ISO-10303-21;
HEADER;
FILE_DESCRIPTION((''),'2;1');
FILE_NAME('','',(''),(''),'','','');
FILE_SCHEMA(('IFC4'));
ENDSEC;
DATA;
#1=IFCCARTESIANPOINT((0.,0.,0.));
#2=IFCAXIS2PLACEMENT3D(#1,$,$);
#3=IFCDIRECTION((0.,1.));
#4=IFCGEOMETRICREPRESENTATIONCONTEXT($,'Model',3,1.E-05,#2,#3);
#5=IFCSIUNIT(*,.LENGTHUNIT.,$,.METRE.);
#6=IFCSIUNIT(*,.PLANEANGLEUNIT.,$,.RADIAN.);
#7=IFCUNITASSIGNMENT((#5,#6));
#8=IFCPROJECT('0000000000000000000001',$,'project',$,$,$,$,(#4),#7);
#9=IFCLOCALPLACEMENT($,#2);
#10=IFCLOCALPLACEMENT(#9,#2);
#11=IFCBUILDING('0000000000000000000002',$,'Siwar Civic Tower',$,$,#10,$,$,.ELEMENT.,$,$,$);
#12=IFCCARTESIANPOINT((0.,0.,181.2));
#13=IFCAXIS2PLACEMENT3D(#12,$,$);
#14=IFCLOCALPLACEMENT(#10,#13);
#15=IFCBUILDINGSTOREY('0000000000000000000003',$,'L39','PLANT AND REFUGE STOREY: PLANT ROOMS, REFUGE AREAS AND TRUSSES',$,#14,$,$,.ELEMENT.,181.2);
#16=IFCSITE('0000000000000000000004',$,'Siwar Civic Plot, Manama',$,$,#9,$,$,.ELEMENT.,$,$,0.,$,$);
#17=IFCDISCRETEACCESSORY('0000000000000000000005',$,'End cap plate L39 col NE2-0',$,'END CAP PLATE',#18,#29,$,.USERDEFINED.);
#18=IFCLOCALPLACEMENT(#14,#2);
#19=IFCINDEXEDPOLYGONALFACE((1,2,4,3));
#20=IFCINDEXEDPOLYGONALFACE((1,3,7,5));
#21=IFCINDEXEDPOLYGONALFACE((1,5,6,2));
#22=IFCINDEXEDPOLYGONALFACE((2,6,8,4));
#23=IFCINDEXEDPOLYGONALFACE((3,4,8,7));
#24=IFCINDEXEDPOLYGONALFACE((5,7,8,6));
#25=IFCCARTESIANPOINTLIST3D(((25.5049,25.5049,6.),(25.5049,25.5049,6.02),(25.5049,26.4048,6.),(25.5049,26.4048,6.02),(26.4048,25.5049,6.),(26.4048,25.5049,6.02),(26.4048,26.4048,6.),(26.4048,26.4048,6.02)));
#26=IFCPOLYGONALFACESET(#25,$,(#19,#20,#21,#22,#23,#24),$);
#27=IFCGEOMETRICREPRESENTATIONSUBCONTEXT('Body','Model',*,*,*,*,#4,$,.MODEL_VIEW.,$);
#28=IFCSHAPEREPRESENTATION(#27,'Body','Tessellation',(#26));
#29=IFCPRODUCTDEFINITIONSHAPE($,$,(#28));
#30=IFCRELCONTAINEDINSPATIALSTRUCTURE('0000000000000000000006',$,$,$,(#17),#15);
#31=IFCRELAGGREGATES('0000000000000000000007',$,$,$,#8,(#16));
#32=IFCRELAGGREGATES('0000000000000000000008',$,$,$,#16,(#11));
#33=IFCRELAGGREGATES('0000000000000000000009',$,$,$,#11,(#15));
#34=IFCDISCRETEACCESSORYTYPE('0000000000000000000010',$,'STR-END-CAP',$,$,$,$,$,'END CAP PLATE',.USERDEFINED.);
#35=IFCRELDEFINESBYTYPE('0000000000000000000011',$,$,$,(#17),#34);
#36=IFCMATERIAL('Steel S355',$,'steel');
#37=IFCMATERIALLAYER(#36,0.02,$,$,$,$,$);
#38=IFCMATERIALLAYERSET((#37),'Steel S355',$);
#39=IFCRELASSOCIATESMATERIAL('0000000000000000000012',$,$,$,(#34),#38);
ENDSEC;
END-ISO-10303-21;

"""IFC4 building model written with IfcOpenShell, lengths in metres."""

from ifc_helpers import new_model, si_unit, direction, frame, origin, origin_2d, place, context, subcontext, project, spatial, rectangle, extrude, material, layer, layer_set, type_object, element, save


model = new_model("IFC4")

# Units and contexts
model_context = context("Model", 3, precision=1e-05, world=origin(), true_north=direction((0.0, 1.0)))
body_context = subcontext(model_context, "Body", "Model", "MODEL_VIEW")
ifc_project = project(units=[si_unit("LENGTHUNIT", "METRE"), si_unit("PLANEANGLEUNIT", "RADIAN")], contexts=[model_context])

# Site, building, storey
site_placement = place(None, origin())
site = spatial("IfcSite", under=ifc_project, at=site_placement, Name="Siwar Civic Plot, Manama", CompositionType="ELEMENT", RefElevation=0.0)
building_placement = place(site_placement, origin())
building = spatial("IfcBuilding", under=site, at=building_placement, Name="Siwar Civic Tower", CompositionType="ELEMENT")
storey_placement = place(building_placement, frame((0.0, 0.0, 181.2)))
storey = spatial("IfcBuildingStorey", under=building, at=storey_placement, Name="L39", Description="PLANT AND REFUGE STOREY: PLANT ROOMS, REFUGE AREAS AND TRUSSES", CompositionType="ELEMENT", Elevation=181.2)

# Discrete accessory
ifc_material_1 = material(Name="Steel S355", Category="steel")
ifc_layer_1 = layer(ifc_material_1, 0.02)
ifc_layer_set_1 = layer_set([ifc_layer_1], Name="Steel S355")
discrete_accessory_type_1 = type_object("IfcDiscreteAccessoryType", Name="STR-END-CAP", ElementType="END CAP PLATE", PredefinedType="USERDEFINED", material=ifc_layer_set_1)
discrete_accessory_1_placement = place(storey_placement, frame((25.9548, 25.9548, 6.0), z_axis=(0.0, 0.0, 1.0), x_axis=(1.0, 0.0, 0.0)))
element("IfcDiscreteAccessory", 1, at=discrete_accessory_1_placement, inside=storey, type_object=discrete_accessory_type_1, Name="End cap plate L39 col NE2-0", ObjectType="END CAP PLATE", PredefinedType="USERDEFINED", context=body_context, shape_type="SweptSolid", body=[
    extrude(rectangle(XDim=0.8999, YDim=0.8999, at=origin_2d()), origin(), (0.0, 0.0, 1.0), 0.02),
])

save(model, "model.ifc")
